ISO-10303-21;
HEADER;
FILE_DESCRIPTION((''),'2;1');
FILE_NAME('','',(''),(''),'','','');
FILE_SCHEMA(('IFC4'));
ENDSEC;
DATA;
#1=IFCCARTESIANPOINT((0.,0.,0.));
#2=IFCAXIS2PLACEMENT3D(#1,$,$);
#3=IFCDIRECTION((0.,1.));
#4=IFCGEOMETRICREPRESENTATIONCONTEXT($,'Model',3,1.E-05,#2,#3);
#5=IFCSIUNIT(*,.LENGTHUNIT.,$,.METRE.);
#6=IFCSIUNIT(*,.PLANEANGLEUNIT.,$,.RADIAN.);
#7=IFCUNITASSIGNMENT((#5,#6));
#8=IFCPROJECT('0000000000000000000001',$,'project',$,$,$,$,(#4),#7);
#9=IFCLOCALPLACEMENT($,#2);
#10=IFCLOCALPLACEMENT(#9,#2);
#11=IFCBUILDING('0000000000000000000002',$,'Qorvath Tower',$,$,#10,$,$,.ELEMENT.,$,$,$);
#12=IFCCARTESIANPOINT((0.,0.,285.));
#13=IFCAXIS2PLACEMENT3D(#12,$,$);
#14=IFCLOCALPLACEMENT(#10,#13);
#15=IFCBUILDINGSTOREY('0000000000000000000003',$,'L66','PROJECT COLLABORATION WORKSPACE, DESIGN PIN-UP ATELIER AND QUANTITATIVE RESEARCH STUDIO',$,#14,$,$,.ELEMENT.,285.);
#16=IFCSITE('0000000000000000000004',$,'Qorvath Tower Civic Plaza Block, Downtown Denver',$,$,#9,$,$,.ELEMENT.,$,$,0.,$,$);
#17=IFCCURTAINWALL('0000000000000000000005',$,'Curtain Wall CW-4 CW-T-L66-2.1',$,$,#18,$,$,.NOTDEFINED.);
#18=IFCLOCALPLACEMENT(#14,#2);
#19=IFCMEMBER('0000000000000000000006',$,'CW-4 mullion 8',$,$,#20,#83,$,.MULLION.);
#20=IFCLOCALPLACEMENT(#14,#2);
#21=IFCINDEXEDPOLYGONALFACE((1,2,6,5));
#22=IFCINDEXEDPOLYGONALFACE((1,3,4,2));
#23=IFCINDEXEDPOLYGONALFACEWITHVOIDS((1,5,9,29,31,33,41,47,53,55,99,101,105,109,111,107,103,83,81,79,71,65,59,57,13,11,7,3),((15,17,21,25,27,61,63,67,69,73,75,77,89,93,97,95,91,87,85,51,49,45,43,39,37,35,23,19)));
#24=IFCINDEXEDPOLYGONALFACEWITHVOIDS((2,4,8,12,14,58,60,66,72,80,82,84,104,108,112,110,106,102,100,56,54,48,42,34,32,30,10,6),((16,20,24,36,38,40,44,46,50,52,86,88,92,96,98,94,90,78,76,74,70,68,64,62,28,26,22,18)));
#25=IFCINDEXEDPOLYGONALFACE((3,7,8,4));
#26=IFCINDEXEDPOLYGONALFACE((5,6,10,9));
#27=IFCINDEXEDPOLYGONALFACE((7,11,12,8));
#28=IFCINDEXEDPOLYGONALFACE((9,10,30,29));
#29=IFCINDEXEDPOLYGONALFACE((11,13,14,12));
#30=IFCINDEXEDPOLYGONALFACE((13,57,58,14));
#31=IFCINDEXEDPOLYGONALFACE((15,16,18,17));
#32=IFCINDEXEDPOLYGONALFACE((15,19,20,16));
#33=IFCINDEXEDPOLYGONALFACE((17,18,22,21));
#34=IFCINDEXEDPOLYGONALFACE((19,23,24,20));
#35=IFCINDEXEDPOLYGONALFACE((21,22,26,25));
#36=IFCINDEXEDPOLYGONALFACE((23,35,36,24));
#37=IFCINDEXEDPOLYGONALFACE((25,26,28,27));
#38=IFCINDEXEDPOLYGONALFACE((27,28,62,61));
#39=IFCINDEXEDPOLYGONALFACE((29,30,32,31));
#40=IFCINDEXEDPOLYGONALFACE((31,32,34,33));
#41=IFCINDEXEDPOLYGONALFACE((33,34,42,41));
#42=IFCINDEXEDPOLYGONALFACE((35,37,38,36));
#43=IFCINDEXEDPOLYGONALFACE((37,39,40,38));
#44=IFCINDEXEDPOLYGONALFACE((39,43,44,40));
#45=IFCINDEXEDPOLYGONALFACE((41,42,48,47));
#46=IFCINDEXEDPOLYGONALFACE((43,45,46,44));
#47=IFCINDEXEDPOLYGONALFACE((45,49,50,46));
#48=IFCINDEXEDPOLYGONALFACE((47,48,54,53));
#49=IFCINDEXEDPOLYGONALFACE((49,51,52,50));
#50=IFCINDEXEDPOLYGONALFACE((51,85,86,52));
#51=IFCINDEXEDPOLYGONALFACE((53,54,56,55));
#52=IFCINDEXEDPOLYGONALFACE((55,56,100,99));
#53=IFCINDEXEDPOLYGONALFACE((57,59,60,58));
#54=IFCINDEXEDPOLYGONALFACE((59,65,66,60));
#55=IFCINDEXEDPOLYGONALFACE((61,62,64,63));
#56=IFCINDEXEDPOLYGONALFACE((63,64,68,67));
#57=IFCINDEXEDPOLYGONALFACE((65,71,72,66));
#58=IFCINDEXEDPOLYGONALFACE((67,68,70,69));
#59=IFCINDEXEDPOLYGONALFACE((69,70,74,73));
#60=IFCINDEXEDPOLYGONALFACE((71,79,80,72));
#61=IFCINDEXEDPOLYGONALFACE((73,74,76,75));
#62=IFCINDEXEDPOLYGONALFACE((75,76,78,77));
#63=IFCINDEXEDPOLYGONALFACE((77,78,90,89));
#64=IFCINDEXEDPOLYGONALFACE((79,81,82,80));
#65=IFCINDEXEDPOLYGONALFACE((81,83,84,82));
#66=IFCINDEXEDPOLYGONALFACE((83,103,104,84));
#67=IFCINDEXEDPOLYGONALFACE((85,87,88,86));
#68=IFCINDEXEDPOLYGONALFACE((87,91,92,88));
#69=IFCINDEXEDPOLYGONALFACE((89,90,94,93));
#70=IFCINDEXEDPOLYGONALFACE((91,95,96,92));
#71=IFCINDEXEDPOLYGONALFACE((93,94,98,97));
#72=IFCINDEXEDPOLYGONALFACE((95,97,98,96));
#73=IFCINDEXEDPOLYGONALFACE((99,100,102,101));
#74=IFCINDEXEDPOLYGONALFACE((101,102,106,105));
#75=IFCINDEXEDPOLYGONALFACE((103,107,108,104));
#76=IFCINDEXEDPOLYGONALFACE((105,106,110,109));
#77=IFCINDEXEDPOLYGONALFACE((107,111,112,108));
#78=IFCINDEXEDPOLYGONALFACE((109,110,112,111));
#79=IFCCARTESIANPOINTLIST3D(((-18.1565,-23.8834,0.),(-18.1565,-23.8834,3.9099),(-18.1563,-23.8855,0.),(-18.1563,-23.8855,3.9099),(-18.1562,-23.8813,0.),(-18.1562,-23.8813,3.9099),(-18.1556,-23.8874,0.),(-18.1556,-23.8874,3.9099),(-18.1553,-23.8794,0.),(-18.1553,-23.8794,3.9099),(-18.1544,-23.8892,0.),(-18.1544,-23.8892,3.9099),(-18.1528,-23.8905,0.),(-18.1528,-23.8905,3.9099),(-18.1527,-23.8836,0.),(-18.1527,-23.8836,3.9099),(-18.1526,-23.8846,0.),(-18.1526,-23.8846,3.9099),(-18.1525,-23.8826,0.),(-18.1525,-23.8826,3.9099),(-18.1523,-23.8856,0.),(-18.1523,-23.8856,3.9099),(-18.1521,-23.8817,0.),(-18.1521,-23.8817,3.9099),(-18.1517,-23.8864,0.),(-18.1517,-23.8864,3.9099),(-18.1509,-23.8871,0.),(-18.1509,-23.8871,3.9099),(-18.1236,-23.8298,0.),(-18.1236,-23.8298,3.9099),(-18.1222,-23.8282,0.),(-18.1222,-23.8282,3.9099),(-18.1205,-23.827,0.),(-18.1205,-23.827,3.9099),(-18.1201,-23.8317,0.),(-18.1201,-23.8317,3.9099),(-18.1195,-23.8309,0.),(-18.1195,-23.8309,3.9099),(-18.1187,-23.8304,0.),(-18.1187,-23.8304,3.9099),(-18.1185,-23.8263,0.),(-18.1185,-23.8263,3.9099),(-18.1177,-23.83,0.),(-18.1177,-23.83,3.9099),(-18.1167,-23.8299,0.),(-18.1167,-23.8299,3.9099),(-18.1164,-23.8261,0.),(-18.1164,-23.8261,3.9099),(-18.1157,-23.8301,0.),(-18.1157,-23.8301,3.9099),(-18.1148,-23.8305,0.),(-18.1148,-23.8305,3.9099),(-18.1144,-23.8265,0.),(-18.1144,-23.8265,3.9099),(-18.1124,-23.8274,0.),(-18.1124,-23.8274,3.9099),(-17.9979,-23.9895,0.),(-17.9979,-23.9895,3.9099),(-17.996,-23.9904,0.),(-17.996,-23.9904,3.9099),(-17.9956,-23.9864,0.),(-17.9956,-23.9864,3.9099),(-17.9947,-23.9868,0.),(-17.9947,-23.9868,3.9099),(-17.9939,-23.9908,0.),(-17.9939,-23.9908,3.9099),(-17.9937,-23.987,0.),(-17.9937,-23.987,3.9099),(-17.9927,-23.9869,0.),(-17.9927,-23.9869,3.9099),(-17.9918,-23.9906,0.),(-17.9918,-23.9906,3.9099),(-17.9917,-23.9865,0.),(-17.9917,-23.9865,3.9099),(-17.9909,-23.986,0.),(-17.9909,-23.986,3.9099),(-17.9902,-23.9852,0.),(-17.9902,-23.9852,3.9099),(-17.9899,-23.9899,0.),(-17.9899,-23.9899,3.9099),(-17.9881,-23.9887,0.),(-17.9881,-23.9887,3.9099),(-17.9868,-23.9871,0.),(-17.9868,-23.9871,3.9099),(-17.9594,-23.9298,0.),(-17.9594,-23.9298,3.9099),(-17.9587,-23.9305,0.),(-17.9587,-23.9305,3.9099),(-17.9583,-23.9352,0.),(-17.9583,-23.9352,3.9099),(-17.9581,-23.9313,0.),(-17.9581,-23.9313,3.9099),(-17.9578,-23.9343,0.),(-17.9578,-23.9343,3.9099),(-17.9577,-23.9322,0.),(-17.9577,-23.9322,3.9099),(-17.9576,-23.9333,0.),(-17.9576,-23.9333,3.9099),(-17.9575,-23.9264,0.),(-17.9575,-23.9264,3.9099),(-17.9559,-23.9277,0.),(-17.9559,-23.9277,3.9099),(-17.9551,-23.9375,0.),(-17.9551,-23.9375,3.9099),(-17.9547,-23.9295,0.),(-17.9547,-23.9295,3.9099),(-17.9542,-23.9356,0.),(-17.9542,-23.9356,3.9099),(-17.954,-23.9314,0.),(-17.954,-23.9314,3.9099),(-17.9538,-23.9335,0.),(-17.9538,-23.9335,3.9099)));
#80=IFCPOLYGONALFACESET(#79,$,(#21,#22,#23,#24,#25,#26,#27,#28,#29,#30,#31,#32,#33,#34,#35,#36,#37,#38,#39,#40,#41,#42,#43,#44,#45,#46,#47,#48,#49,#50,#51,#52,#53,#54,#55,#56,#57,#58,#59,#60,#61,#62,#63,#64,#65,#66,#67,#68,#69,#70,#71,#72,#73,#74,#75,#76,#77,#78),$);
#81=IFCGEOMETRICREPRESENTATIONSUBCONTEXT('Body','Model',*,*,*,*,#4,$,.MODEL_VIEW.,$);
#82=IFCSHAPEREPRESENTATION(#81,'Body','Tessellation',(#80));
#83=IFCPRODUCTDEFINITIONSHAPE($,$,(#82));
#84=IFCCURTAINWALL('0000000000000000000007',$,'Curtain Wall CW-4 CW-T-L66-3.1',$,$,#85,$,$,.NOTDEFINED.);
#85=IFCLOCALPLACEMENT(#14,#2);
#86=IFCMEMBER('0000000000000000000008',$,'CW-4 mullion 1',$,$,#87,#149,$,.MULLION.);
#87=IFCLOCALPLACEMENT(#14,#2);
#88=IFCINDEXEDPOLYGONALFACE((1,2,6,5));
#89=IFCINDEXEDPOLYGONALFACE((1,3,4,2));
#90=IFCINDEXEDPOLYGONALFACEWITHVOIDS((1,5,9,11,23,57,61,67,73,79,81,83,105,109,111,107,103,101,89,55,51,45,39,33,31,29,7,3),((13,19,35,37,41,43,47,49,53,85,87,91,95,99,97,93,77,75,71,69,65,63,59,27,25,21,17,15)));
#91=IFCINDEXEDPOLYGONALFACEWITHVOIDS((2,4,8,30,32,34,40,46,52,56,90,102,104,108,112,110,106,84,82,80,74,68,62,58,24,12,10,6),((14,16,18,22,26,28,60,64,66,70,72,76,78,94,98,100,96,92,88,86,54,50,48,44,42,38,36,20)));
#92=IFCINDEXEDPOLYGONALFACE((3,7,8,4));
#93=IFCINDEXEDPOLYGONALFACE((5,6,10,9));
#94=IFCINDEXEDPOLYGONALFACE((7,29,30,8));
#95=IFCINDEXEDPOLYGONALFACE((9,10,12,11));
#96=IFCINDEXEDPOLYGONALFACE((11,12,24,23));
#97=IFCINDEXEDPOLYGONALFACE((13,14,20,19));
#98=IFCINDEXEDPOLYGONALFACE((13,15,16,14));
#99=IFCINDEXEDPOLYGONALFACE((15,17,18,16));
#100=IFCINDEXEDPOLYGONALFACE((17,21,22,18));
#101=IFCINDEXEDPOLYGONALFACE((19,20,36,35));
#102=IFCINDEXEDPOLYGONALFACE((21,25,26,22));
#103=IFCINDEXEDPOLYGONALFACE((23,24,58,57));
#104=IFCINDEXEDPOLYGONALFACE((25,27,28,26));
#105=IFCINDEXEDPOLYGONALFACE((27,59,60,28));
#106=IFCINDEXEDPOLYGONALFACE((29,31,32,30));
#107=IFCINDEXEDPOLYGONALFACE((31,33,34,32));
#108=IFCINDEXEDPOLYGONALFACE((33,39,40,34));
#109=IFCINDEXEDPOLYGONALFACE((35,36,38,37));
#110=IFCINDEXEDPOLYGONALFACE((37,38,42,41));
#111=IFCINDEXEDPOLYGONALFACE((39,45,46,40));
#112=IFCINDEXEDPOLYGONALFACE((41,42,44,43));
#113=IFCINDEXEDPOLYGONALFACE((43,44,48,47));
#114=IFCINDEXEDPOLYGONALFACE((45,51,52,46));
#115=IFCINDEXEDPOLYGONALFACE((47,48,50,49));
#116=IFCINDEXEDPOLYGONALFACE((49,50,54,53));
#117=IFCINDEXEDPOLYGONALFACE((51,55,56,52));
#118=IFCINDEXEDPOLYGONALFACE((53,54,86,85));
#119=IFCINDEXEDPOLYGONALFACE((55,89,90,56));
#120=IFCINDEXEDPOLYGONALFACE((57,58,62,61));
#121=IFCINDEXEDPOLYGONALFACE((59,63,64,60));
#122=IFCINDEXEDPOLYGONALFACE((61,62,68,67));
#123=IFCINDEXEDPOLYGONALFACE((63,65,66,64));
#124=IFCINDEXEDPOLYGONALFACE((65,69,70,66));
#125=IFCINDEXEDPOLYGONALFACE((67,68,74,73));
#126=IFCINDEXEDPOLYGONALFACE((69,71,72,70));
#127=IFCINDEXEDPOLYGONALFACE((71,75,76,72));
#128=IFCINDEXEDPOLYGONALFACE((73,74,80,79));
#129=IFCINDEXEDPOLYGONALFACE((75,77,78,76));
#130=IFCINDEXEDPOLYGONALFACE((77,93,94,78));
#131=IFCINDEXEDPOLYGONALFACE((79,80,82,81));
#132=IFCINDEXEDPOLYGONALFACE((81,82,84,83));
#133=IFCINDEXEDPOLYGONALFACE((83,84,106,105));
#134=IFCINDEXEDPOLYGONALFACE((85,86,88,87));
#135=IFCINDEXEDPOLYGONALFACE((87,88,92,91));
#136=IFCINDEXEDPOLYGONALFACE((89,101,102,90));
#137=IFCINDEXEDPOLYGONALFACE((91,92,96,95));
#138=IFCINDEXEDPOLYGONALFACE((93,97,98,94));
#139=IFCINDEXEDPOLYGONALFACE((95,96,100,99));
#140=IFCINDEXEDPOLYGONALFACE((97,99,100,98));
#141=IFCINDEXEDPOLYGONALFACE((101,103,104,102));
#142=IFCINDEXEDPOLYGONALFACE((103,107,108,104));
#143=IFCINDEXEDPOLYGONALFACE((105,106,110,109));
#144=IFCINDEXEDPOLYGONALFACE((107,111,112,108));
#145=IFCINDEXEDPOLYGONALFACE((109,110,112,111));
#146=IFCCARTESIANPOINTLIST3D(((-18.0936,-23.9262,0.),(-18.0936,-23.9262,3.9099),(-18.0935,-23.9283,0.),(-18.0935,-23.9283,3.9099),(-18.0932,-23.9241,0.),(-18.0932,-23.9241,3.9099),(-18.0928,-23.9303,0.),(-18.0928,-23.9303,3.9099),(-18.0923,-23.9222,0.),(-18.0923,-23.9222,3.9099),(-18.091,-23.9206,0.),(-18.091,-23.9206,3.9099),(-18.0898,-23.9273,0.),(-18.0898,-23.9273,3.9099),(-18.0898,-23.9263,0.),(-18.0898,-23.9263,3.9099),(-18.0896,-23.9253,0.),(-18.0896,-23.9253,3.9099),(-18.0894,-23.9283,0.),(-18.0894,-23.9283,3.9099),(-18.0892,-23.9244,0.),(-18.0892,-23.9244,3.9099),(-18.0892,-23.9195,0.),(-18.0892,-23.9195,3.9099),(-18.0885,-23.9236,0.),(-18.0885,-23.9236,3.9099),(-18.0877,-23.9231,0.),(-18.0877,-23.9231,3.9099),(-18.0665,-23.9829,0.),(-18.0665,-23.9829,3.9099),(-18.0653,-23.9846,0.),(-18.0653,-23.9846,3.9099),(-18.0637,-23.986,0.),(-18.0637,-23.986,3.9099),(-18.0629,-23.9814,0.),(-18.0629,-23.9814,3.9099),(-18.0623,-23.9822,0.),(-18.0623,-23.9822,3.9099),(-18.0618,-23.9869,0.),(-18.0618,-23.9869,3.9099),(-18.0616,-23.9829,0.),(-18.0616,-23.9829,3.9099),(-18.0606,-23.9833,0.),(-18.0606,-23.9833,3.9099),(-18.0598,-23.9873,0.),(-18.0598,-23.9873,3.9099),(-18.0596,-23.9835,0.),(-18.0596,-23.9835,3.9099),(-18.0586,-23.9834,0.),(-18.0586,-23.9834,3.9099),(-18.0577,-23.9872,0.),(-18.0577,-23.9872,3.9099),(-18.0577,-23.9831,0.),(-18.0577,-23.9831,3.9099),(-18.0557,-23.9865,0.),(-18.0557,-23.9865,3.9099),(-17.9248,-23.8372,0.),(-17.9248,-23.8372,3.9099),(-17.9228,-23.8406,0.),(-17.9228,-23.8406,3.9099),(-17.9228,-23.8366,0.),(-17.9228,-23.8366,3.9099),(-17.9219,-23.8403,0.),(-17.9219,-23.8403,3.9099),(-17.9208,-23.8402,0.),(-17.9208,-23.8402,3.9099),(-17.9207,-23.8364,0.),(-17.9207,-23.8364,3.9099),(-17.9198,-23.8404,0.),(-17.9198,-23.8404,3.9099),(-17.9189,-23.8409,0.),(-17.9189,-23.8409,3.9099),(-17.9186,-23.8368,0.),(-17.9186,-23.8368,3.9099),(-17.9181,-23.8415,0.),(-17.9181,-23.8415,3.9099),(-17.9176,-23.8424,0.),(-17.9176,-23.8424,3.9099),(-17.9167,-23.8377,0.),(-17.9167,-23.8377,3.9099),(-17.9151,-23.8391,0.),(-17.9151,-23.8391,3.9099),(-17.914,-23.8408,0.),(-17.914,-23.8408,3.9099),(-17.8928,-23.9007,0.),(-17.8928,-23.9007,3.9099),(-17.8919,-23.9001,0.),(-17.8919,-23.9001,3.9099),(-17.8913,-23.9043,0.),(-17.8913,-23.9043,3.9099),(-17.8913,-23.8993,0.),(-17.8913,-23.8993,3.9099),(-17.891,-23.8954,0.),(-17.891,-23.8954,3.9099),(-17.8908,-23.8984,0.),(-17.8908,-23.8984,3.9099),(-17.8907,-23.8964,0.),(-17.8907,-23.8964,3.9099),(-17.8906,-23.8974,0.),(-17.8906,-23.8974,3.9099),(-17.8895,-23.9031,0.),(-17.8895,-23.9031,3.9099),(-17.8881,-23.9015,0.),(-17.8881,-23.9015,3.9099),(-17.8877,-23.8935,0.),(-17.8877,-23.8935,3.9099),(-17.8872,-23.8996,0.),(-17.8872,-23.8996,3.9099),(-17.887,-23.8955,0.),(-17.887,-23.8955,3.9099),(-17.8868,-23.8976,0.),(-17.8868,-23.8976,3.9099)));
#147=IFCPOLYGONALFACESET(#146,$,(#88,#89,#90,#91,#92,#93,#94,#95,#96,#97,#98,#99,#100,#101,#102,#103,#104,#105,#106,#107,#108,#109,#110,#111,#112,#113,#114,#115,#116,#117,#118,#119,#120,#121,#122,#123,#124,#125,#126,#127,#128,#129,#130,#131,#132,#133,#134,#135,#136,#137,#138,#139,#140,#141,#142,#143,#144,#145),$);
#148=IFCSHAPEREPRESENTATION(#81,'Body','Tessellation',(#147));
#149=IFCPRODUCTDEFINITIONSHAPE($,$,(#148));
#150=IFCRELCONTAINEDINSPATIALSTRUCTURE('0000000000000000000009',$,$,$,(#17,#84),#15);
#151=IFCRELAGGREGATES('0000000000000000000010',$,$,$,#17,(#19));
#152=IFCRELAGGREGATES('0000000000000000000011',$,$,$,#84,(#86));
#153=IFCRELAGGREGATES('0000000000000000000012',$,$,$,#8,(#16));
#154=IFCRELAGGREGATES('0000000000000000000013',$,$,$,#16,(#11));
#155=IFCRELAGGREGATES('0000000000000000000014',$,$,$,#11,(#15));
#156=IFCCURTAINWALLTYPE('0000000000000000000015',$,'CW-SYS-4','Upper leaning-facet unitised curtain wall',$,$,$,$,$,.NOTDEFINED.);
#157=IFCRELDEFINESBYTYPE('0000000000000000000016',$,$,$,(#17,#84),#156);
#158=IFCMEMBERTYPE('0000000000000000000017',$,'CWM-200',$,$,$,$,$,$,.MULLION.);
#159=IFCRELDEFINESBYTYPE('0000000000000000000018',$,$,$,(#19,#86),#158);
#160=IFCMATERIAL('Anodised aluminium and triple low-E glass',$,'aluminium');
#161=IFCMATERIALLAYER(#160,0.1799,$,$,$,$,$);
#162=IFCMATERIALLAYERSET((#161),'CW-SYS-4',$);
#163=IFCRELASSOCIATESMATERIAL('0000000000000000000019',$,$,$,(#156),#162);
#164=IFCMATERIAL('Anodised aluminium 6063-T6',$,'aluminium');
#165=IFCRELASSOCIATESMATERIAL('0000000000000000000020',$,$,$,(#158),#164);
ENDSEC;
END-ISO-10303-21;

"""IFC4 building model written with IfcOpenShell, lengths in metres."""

from ifc_helpers import new_model, si_unit, direction, frame, origin, origin_2d, place, context, subcontext, project, spatial, hollow_rectangle, extrude, material, layer, layer_set, material_profile, profile_set, type_object, element, aggregate, save


model = new_model("IFC4")

# Units and contexts
model_context = context("Model", 3, precision=1e-05, world=origin(), true_north=direction((0.0, 1.0)))
body_context = subcontext(model_context, "Body", "Model", "MODEL_VIEW")
ifc_project = project(units=[si_unit("LENGTHUNIT", "METRE"), si_unit("PLANEANGLEUNIT", "RADIAN")], contexts=[model_context])

# Site, building, storey
site_placement = place(None, origin())
site = spatial("IfcSite", under=ifc_project, at=site_placement, Name="Qorvath Tower Civic Plaza Block, Downtown Denver", CompositionType="ELEMENT", RefElevation=0.0)
building_placement = place(site_placement, origin())
building = spatial("IfcBuilding", under=site, at=building_placement, Name="Qorvath Tower", CompositionType="ELEMENT")
storey_placement = place(building_placement, frame((0.0, 0.0, 285.0)))
storey = spatial("IfcBuildingStorey", under=building, at=storey_placement, Name="L66", Description="PROJECT COLLABORATION WORKSPACE, DESIGN PIN-UP ATELIER AND QUANTITATIVE RESEARCH STUDIO", CompositionType="ELEMENT", Elevation=285.0)

# Curtain wall, member
ifc_material_1 = material(Name="Anodised aluminium and triple low-E glass", Category="aluminium")
ifc_layer_1 = layer(ifc_material_1, 0.1799)
ifc_layer_set_1 = layer_set([ifc_layer_1], Name="CW-SYS-4")
curtain_wall_type = type_object("IfcCurtainWallType", Name="CW-SYS-4", Description="Upper leaning-facet unitised curtain wall", PredefinedType="NOTDEFINED", material=ifc_layer_set_1)
curtain_wall_1_placement = place(storey_placement, origin())
curtain_wall_1 = element("IfcCurtainWall", 1, at=curtain_wall_1_placement, inside=storey, type_object=curtain_wall_type, Name="Curtain Wall CW-4 CW-T-L66-2.1", PredefinedType="NOTDEFINED")
ifc_material_2 = material(Name="Anodised aluminium 6063-T6", Category="aluminium")
ifc_material_profile_1 = material_profile(ifc_material_2, hollow_rectangle(XDim=0.075, YDim=0.2, WallThickness=0.0039, InnerFilletRadius=0.0039, OuterFilletRadius=0.0081, at=origin_2d()), Name="CWM 200x75")
ifc_profile_set_1 = profile_set([ifc_material_profile_1], Name="Anodised aluminium 6063-T6")
member_type_1 = type_object("IfcMemberType", Name="CWM-200", PredefinedType="MULLION", material=ifc_profile_set_1)
member_1_placement = place(storey_placement, frame((-18.0552, -23.9084, 0.0), z_axis=(0.0, 0.0, 1.0), x_axis=(0.538532, 0.842605, 0.0)))
member_1 = element("IfcMember", 2, at=member_1_placement, type_object=member_type_1, Name="CW-4 mullion 8", PredefinedType="MULLION", context=body_context, shape_type="SweptSolid", body=[
    extrude(hollow_rectangle(XDim=0.075, YDim=0.2, WallThickness=0.0039, InnerFilletRadius=0.0039, OuterFilletRadius=0.0081, at=origin_2d()), origin(), (0.0, 0.0, 1.0), 3.9099),
])
aggregate(curtain_wall_1, [member_1])

# Curtain wall, member
curtain_wall_2_placement = place(storey_placement, origin())
curtain_wall_2 = element("IfcCurtainWall", 3, at=curtain_wall_2_placement, inside=storey, type_object=curtain_wall_type, Name="Curtain Wall CW-4 CW-T-L66-3.1", PredefinedType="NOTDEFINED")
member_2_placement = place(storey_placement, frame((-17.9902, -23.9119, 0.0), z_axis=(0.0, 0.0, 1.0), x_axis=(-0.447235, 0.894417, 0.0)))
member_2 = element("IfcMember", 4, at=member_2_placement, type_object=member_type_1, Name="CW-4 mullion 1", PredefinedType="MULLION", context=body_context, shape_type="SweptSolid", body=[
    extrude(hollow_rectangle(XDim=0.075, YDim=0.2, WallThickness=0.0039, InnerFilletRadius=0.0039, OuterFilletRadius=0.0081, at=origin_2d()), origin(), (0.0, 0.0, 1.0), 3.9099),
])

aggregate(curtain_wall_2, [member_2])

save(model, "model.ifc")
